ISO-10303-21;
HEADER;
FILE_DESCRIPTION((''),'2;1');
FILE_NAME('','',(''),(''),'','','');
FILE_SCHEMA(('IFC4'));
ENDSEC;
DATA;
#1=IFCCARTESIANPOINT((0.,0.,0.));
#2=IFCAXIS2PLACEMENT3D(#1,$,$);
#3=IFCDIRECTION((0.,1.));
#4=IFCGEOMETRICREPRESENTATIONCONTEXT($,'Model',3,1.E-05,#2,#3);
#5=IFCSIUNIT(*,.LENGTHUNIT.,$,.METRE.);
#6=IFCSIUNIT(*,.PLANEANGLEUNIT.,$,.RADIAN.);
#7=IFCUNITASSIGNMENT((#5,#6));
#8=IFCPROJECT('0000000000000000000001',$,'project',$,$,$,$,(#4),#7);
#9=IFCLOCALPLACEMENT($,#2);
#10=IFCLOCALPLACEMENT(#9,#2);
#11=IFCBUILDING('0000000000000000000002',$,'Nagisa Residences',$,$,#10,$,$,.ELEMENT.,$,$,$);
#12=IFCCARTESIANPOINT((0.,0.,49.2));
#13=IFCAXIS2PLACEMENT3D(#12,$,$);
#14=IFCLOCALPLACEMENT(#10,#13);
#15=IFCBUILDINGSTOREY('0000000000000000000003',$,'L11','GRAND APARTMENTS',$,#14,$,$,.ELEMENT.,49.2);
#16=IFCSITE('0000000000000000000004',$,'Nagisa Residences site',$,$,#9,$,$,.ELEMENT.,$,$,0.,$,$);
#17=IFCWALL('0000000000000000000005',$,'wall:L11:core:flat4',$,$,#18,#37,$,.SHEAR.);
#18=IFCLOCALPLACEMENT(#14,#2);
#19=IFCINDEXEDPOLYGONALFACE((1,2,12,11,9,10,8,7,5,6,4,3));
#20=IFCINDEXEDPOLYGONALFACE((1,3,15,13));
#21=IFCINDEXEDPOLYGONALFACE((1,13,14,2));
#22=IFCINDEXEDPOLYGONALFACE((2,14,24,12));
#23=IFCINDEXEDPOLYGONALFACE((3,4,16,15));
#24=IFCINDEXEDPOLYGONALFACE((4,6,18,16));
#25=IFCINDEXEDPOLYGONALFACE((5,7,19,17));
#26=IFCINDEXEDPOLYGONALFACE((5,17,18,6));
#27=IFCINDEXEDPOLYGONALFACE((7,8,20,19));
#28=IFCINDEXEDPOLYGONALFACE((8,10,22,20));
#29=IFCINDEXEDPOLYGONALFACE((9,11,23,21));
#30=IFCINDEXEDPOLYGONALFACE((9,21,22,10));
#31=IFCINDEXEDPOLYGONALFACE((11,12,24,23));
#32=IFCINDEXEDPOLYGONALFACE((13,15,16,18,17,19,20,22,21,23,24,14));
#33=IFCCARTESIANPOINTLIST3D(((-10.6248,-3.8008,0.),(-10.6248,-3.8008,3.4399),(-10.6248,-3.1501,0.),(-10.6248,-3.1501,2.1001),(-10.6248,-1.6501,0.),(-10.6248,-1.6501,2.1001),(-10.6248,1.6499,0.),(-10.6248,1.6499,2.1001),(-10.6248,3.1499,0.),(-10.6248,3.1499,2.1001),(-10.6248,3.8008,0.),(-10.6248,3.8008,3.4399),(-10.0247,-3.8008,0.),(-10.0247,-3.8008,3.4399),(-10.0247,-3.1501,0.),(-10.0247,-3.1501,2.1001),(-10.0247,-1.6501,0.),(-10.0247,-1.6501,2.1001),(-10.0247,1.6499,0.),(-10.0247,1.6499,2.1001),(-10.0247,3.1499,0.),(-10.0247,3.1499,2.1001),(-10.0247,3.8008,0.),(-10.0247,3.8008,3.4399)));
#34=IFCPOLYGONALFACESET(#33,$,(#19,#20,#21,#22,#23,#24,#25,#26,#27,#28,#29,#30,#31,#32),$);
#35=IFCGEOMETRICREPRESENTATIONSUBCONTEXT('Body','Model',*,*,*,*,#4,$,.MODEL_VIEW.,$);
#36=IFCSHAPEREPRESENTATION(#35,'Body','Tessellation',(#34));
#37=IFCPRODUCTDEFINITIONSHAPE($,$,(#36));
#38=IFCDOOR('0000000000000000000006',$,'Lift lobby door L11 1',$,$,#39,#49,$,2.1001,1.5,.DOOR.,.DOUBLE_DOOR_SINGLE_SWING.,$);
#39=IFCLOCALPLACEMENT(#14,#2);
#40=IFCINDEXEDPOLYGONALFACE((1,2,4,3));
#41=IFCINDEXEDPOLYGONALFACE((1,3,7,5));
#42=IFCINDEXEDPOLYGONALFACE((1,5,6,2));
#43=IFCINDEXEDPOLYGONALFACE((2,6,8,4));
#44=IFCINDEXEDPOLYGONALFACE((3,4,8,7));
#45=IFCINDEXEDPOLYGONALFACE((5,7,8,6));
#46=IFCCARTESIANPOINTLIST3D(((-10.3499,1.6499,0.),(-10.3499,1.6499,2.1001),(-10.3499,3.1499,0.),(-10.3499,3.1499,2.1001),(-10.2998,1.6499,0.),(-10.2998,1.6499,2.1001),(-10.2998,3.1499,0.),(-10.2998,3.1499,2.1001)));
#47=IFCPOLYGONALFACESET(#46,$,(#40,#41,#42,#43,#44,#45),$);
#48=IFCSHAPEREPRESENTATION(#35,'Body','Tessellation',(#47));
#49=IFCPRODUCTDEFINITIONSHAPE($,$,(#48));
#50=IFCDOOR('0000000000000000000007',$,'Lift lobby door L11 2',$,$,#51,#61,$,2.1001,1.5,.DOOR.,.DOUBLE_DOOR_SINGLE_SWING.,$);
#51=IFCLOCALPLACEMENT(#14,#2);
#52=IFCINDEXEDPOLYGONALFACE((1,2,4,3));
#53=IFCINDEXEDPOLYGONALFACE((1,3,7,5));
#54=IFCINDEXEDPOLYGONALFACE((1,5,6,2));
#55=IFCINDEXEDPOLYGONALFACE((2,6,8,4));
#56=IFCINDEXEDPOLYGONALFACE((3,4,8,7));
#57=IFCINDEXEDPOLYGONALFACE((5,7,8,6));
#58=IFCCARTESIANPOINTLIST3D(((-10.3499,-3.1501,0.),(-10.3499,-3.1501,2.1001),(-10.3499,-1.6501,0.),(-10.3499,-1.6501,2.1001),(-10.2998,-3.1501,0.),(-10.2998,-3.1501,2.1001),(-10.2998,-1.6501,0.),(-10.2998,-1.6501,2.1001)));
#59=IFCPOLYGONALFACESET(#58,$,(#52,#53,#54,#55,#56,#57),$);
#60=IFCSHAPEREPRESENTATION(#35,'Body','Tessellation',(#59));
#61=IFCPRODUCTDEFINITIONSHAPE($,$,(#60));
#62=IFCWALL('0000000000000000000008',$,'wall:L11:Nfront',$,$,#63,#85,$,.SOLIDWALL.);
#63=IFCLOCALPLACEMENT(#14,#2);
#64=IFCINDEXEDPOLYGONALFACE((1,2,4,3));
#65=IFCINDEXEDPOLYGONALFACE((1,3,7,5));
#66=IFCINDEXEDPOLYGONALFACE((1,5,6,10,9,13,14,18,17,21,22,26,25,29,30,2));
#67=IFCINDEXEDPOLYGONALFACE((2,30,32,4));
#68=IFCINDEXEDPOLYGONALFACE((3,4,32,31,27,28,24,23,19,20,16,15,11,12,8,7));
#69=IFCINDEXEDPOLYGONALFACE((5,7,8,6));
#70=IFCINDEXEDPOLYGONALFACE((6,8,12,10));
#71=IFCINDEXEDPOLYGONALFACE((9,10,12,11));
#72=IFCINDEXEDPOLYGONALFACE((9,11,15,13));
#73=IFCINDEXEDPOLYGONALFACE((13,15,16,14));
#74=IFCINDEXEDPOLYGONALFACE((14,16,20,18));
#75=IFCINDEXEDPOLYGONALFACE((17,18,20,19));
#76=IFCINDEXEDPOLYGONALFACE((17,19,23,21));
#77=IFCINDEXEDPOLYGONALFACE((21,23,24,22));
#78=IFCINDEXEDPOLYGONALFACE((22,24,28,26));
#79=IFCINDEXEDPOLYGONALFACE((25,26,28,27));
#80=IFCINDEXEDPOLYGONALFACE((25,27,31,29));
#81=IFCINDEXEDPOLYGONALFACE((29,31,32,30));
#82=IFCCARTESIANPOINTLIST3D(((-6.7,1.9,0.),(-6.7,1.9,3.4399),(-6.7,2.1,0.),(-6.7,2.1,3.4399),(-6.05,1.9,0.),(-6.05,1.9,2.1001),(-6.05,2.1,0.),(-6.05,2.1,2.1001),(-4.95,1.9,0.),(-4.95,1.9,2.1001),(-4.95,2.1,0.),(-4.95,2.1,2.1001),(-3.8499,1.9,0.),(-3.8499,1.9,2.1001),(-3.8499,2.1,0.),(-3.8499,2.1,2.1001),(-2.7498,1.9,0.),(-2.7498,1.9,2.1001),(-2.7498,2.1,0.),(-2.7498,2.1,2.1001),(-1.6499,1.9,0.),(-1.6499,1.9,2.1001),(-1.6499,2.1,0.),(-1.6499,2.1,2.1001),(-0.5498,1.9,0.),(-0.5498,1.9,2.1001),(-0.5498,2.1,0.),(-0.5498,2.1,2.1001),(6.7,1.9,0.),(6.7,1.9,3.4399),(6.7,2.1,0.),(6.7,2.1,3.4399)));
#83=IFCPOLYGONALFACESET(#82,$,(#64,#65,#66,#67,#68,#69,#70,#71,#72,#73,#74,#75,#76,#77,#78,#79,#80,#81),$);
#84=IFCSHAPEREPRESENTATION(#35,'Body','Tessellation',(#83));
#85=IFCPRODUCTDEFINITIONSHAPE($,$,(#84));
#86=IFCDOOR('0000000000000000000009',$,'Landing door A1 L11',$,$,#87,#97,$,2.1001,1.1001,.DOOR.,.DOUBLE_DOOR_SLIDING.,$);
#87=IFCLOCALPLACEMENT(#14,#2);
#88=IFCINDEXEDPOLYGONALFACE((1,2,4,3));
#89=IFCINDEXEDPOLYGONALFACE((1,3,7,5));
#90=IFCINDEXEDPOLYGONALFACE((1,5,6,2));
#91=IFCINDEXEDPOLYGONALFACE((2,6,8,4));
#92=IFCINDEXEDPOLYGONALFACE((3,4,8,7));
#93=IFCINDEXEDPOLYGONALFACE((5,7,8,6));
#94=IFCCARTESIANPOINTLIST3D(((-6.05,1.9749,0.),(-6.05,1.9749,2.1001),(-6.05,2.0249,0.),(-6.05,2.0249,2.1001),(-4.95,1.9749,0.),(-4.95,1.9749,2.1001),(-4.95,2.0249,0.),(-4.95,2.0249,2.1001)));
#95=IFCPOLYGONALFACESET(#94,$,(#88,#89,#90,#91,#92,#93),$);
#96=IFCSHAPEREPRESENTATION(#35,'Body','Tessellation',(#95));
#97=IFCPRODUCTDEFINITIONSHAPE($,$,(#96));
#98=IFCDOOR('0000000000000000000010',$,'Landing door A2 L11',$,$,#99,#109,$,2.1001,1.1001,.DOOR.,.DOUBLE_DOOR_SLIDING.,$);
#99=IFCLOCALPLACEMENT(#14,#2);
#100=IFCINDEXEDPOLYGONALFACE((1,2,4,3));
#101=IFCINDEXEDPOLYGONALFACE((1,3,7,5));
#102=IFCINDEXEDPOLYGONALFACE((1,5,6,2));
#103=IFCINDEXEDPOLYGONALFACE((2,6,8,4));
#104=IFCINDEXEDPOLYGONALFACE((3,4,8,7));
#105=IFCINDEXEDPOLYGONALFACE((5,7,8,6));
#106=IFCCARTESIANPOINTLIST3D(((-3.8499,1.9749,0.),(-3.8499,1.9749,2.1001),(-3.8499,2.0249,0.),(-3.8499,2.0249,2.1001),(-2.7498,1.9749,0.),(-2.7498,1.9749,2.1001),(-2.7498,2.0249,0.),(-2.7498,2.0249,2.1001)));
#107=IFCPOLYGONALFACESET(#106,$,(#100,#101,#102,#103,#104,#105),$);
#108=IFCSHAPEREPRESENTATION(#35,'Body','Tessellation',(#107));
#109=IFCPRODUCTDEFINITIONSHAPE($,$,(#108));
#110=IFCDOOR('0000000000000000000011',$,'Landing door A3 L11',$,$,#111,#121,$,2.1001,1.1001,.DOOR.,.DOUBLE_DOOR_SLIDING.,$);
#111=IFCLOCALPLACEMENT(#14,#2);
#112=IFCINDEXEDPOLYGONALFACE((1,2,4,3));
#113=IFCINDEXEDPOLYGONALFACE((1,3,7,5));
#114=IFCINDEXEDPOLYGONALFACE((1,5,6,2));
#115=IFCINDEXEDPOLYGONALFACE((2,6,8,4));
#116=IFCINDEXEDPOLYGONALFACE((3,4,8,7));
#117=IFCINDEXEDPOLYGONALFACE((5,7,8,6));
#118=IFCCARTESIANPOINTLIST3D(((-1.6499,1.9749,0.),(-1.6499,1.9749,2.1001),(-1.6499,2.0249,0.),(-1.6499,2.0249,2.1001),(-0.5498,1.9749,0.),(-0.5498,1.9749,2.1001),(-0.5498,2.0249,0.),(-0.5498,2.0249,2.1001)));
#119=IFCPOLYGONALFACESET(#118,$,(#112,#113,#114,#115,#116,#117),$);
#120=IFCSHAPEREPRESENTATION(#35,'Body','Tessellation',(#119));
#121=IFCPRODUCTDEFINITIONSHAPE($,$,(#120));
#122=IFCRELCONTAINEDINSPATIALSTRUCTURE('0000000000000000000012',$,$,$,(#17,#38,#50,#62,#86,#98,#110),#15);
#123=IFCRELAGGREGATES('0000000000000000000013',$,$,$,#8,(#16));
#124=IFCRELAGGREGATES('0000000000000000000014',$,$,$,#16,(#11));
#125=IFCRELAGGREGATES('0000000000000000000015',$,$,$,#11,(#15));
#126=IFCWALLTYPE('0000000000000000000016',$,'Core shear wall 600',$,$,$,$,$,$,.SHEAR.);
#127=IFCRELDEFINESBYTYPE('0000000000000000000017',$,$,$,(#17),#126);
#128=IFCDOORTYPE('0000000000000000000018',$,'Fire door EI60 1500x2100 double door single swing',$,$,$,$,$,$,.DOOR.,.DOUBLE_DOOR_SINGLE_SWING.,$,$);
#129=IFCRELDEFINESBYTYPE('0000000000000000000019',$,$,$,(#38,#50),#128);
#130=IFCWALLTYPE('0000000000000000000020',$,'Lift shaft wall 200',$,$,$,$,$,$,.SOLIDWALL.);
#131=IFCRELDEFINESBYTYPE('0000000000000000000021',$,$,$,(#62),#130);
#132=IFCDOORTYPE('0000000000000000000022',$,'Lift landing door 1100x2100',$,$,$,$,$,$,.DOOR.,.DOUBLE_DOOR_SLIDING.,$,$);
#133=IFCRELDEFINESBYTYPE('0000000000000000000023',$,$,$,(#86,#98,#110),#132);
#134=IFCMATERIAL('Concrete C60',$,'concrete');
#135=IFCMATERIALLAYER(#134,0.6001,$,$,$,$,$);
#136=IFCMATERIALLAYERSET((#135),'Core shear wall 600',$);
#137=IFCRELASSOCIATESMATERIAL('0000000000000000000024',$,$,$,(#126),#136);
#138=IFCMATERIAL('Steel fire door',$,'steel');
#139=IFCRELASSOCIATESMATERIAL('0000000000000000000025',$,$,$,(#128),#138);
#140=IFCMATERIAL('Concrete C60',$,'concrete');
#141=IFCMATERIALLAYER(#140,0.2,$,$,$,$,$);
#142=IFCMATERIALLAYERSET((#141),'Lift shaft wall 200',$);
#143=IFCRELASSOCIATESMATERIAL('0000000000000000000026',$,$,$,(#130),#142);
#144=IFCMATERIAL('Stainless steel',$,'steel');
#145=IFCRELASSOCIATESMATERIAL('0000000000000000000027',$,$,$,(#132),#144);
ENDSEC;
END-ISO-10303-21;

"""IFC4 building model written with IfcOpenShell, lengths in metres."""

from ifc_helpers import new_model, si_unit, direction, frame, frame_2d, origin, place, context, subcontext, project, spatial, rectangle, extrude, material, layer, layer_set, type_object, element, fill, save


model = new_model("IFC4")

# Units and contexts
model_context = context("Model", 3, precision=1e-05, world=origin(), true_north=direction((0.0, 1.0)))
body_context = subcontext(model_context, "Body", "Model", "MODEL_VIEW")
ifc_project = project(units=[si_unit("LENGTHUNIT", "METRE"), si_unit("PLANEANGLEUNIT", "RADIAN")], contexts=[model_context])

# Site, building, storey
site_placement = place(None, origin())
site = spatial("IfcSite", under=ifc_project, at=site_placement, Name="Nagisa Residences site", CompositionType="ELEMENT", RefElevation=0.0)
building_placement = place(site_placement, origin())
building = spatial("IfcBuilding", under=site, at=building_placement, Name="Nagisa Residences", CompositionType="ELEMENT")
storey_placement = place(building_placement, frame((0.0, 0.0, 49.2)))
storey = spatial("IfcBuildingStorey", under=building, at=storey_placement, Name="L11", Description="GRAND APARTMENTS", CompositionType="ELEMENT", Elevation=49.2)

# Walls, openings, doors
ifc_material_1 = material(Name="Concrete C60", Category="concrete")
ifc_layer_1 = layer(ifc_material_1, 0.6001)
ifc_layer_set_1 = layer_set([ifc_layer_1], Name="Core shear wall 600")
wall_type_1 = type_object("IfcWallType", Name="Core shear wall 600", PredefinedType="SHEAR", material=ifc_layer_set_1)
wall_1_placement = place(storey_placement, frame((-10.3247, 3.8008, 0.0), z_axis=(0.0, 0.0, 1.0), x_axis=(0.0, -1.0, 0.0)))
wall_1 = element("IfcWall", 1, at=wall_1_placement, inside=storey, type_object=wall_type_1, Name="wall:L11:core:flat4", PredefinedType="SHEAR", context=body_context, shape_type="SweptSolid", body=[
    extrude(rectangle(XDim=7.6016, YDim=0.6001, at=frame_2d((3.8008, 0.0))), origin(), (0.0, 0.0, 1.0), 3.4399),
])
opening_1_placement = place(wall_1_placement, frame((0.6509, 0.0, 0.0)))
opening_1 = element("IfcOpeningElement", 2, at=opening_1_placement, cuts=wall_1, PredefinedType="OPENING", context=body_context, shape_type="SweptSolid", body=[
    extrude(rectangle(XDim=1.5, YDim=2.1001, at=frame_2d((0.75, 1.05))), frame((0.0, 0.3101, 0.0), z_axis=(0.0, -1.0, 0.0), x_axis=(1.0, 0.0, 0.0)), (0.0, 0.0, 1.0), 0.6201),
])
opening_2_placement = place(wall_1_placement, frame((5.4509, 0.0, 0.0)))
opening_2 = element("IfcOpeningElement", 3, at=opening_2_placement, cuts=wall_1, PredefinedType="OPENING", context=body_context, shape_type="SweptSolid", body=[
    extrude(rectangle(XDim=1.5, YDim=2.1001, at=frame_2d((0.75, 1.05))), frame((0.0, 0.3101, 0.0), z_axis=(0.0, -1.0, 0.0), x_axis=(1.0, 0.0, 0.0)), (0.0, 0.0, 1.0), 0.6201),
])
ifc_material_2 = material(Name="Steel fire door", Category="steel")
door_type_1 = type_object("IfcDoorType", Name="Fire door EI60 1500x2100 double door single swing", OperationType="DOUBLE_DOOR_SINGLE_SWING", PredefinedType="DOOR", material=ifc_material_2)
door_1_placement = place(opening_1_placement, origin())
door_1 = element("IfcDoor", 4, at=door_1_placement, inside=storey, type_object=door_type_1, Name="Lift lobby door L11 1", OperationType="DOUBLE_DOOR_SINGLE_SWING", OverallHeight=2.1001, OverallWidth=1.5, PredefinedType="DOOR", context=body_context, shape_type="SweptSolid", body=[
    extrude(rectangle(XDim=1.5, YDim=2.1001, at=frame_2d((0.75, 1.05))), frame((0.0, 0.0249, 0.0), z_axis=(0.0, -1.0, 0.0), x_axis=(1.0, 0.0, 0.0)), (0.0, 0.0, 1.0), 0.05),
])
fill(opening_1, door_1)
door_2_placement = place(opening_2_placement, origin())
door_2 = element("IfcDoor", 5, at=door_2_placement, inside=storey, type_object=door_type_1, Name="Lift lobby door L11 2", OperationType="DOUBLE_DOOR_SINGLE_SWING", OverallHeight=2.1001, OverallWidth=1.5, PredefinedType="DOOR", context=body_context, shape_type="SweptSolid", body=[
    extrude(rectangle(XDim=1.5, YDim=2.1001, at=frame_2d((0.75, 1.05))), frame((0.0, 0.0249, 0.0), z_axis=(0.0, -1.0, 0.0), x_axis=(1.0, 0.0, 0.0)), (0.0, 0.0, 1.0), 0.05),
])
fill(opening_2, door_2)
ifc_material_3 = material(Name="Concrete C60", Category="concrete")
ifc_layer_2 = layer(ifc_material_3, 0.2)
ifc_layer_set_2 = layer_set([ifc_layer_2], Name="Lift shaft wall 200")
wall_type_2 = type_object("IfcWallType", Name="Lift shaft wall 200", PredefinedType="SOLIDWALL", material=ifc_layer_set_2)
wall_2_placement = place(storey_placement, frame((-6.7, 2.0, 0.0), z_axis=(0.0, 0.0, 1.0), x_axis=(1.0, 0.0, 0.0)))
wall_2 = element("IfcWall", 6, at=wall_2_placement, inside=storey, type_object=wall_type_2, Name="wall:L11:Nfront", PredefinedType="SOLIDWALL", context=body_context, shape_type="SweptSolid", body=[
    extrude(rectangle(XDim=13.3999, YDim=0.2, at=frame_2d((6.7, 0.0))), origin(), (0.0, 0.0, 1.0), 3.4399),
])
opening_3_placement = place(wall_2_placement, frame((0.6499, 0.0, 0.0)))
opening_3 = element("IfcOpeningElement", 7, at=opening_3_placement, cuts=wall_2, PredefinedType="OPENING", context=body_context, shape_type="SweptSolid", body=[
    extrude(rectangle(XDim=1.1001, YDim=2.1001, at=frame_2d((0.55, 1.05))), frame((0.0, 0.1099, 0.0), z_axis=(0.0, -1.0, 0.0), x_axis=(1.0, 0.0, 0.0)), (0.0, 0.0, 1.0), 0.22),
])
opening_4_placement = place(wall_2_placement, frame((2.8501, 0.0, 0.0)))
opening_4 = element("IfcOpeningElement", 8, at=opening_4_placement, cuts=wall_2, PredefinedType="OPENING", context=body_context, shape_type="SweptSolid", body=[
    extrude(rectangle(XDim=1.1001, YDim=2.1001, at=frame_2d((0.55, 1.05))), frame((0.0, 0.1099, 0.0), z_axis=(0.0, -1.0, 0.0), x_axis=(1.0, 0.0, 0.0)), (0.0, 0.0, 1.0), 0.22),
])
opening_5_placement = place(wall_2_placement, frame((5.05, 0.0, 0.0)))
opening_5 = element("IfcOpeningElement", 9, at=opening_5_placement, cuts=wall_2, PredefinedType="OPENING", context=body_context, shape_type="SweptSolid", body=[
    extrude(rectangle(XDim=1.1001, YDim=2.1001, at=frame_2d((0.55, 1.05))), frame((0.0, 0.1099, 0.0), z_axis=(0.0, -1.0, 0.0), x_axis=(1.0, 0.0, 0.0)), (0.0, 0.0, 1.0), 0.22),
])
ifc_material_4 = material(Name="Stainless steel", Category="steel")
door_type_2 = type_object("IfcDoorType", Name="Lift landing door 1100x2100", OperationType="DOUBLE_DOOR_SLIDING", PredefinedType="DOOR", material=ifc_material_4)
door_3_placement = place(opening_3_placement, origin())
door_3 = element("IfcDoor", 10, at=door_3_placement, inside=storey, type_object=door_type_2, Name="Landing door A1 L11", OperationType="DOUBLE_DOOR_SLIDING", OverallHeight=2.1001, OverallWidth=1.1001, PredefinedType="DOOR", context=body_context, shape_type="SweptSolid", body=[
    extrude(rectangle(XDim=1.1001, YDim=2.1001, at=frame_2d((0.55, 1.05))), frame((0.0, 0.0249, 0.0), z_axis=(0.0, -1.0, 0.0), x_axis=(1.0, 0.0, 0.0)), (0.0, 0.0, 1.0), 0.05),
])
fill(opening_3, door_3)
door_4_placement = place(opening_4_placement, origin())
door_4 = element("IfcDoor", 11, at=door_4_placement, inside=storey, type_object=door_type_2, Name="Landing door A2 L11", OperationType="DOUBLE_DOOR_SLIDING", OverallHeight=2.1001, OverallWidth=1.1001, PredefinedType="DOOR", context=body_context, shape_type="SweptSolid", body=[
    extrude(rectangle(XDim=1.1001, YDim=2.1001, at=frame_2d((0.55, 1.05))), frame((0.0, 0.0249, 0.0), z_axis=(0.0, -1.0, 0.0), x_axis=(1.0, 0.0, 0.0)), (0.0, 0.0, 1.0), 0.05),
])
fill(opening_4, door_4)
door_5_placement = place(opening_5_placement, origin())
door_5 = element("IfcDoor", 12, at=door_5_placement, inside=storey, type_object=door_type_2, Name="Landing door A3 L11", OperationType="DOUBLE_DOOR_SLIDING", OverallHeight=2.1001, OverallWidth=1.1001, PredefinedType="DOOR", context=body_context, shape_type="SweptSolid", body=[
    extrude(rectangle(XDim=1.1001, YDim=2.1001, at=frame_2d((0.55, 1.05))), frame((0.0, 0.0249, 0.0), z_axis=(0.0, -1.0, 0.0), x_axis=(1.0, 0.0, 0.0)), (0.0, 0.0, 1.0), 0.05),
])
fill(opening_5, door_5)

save(model, "model.ifc")
